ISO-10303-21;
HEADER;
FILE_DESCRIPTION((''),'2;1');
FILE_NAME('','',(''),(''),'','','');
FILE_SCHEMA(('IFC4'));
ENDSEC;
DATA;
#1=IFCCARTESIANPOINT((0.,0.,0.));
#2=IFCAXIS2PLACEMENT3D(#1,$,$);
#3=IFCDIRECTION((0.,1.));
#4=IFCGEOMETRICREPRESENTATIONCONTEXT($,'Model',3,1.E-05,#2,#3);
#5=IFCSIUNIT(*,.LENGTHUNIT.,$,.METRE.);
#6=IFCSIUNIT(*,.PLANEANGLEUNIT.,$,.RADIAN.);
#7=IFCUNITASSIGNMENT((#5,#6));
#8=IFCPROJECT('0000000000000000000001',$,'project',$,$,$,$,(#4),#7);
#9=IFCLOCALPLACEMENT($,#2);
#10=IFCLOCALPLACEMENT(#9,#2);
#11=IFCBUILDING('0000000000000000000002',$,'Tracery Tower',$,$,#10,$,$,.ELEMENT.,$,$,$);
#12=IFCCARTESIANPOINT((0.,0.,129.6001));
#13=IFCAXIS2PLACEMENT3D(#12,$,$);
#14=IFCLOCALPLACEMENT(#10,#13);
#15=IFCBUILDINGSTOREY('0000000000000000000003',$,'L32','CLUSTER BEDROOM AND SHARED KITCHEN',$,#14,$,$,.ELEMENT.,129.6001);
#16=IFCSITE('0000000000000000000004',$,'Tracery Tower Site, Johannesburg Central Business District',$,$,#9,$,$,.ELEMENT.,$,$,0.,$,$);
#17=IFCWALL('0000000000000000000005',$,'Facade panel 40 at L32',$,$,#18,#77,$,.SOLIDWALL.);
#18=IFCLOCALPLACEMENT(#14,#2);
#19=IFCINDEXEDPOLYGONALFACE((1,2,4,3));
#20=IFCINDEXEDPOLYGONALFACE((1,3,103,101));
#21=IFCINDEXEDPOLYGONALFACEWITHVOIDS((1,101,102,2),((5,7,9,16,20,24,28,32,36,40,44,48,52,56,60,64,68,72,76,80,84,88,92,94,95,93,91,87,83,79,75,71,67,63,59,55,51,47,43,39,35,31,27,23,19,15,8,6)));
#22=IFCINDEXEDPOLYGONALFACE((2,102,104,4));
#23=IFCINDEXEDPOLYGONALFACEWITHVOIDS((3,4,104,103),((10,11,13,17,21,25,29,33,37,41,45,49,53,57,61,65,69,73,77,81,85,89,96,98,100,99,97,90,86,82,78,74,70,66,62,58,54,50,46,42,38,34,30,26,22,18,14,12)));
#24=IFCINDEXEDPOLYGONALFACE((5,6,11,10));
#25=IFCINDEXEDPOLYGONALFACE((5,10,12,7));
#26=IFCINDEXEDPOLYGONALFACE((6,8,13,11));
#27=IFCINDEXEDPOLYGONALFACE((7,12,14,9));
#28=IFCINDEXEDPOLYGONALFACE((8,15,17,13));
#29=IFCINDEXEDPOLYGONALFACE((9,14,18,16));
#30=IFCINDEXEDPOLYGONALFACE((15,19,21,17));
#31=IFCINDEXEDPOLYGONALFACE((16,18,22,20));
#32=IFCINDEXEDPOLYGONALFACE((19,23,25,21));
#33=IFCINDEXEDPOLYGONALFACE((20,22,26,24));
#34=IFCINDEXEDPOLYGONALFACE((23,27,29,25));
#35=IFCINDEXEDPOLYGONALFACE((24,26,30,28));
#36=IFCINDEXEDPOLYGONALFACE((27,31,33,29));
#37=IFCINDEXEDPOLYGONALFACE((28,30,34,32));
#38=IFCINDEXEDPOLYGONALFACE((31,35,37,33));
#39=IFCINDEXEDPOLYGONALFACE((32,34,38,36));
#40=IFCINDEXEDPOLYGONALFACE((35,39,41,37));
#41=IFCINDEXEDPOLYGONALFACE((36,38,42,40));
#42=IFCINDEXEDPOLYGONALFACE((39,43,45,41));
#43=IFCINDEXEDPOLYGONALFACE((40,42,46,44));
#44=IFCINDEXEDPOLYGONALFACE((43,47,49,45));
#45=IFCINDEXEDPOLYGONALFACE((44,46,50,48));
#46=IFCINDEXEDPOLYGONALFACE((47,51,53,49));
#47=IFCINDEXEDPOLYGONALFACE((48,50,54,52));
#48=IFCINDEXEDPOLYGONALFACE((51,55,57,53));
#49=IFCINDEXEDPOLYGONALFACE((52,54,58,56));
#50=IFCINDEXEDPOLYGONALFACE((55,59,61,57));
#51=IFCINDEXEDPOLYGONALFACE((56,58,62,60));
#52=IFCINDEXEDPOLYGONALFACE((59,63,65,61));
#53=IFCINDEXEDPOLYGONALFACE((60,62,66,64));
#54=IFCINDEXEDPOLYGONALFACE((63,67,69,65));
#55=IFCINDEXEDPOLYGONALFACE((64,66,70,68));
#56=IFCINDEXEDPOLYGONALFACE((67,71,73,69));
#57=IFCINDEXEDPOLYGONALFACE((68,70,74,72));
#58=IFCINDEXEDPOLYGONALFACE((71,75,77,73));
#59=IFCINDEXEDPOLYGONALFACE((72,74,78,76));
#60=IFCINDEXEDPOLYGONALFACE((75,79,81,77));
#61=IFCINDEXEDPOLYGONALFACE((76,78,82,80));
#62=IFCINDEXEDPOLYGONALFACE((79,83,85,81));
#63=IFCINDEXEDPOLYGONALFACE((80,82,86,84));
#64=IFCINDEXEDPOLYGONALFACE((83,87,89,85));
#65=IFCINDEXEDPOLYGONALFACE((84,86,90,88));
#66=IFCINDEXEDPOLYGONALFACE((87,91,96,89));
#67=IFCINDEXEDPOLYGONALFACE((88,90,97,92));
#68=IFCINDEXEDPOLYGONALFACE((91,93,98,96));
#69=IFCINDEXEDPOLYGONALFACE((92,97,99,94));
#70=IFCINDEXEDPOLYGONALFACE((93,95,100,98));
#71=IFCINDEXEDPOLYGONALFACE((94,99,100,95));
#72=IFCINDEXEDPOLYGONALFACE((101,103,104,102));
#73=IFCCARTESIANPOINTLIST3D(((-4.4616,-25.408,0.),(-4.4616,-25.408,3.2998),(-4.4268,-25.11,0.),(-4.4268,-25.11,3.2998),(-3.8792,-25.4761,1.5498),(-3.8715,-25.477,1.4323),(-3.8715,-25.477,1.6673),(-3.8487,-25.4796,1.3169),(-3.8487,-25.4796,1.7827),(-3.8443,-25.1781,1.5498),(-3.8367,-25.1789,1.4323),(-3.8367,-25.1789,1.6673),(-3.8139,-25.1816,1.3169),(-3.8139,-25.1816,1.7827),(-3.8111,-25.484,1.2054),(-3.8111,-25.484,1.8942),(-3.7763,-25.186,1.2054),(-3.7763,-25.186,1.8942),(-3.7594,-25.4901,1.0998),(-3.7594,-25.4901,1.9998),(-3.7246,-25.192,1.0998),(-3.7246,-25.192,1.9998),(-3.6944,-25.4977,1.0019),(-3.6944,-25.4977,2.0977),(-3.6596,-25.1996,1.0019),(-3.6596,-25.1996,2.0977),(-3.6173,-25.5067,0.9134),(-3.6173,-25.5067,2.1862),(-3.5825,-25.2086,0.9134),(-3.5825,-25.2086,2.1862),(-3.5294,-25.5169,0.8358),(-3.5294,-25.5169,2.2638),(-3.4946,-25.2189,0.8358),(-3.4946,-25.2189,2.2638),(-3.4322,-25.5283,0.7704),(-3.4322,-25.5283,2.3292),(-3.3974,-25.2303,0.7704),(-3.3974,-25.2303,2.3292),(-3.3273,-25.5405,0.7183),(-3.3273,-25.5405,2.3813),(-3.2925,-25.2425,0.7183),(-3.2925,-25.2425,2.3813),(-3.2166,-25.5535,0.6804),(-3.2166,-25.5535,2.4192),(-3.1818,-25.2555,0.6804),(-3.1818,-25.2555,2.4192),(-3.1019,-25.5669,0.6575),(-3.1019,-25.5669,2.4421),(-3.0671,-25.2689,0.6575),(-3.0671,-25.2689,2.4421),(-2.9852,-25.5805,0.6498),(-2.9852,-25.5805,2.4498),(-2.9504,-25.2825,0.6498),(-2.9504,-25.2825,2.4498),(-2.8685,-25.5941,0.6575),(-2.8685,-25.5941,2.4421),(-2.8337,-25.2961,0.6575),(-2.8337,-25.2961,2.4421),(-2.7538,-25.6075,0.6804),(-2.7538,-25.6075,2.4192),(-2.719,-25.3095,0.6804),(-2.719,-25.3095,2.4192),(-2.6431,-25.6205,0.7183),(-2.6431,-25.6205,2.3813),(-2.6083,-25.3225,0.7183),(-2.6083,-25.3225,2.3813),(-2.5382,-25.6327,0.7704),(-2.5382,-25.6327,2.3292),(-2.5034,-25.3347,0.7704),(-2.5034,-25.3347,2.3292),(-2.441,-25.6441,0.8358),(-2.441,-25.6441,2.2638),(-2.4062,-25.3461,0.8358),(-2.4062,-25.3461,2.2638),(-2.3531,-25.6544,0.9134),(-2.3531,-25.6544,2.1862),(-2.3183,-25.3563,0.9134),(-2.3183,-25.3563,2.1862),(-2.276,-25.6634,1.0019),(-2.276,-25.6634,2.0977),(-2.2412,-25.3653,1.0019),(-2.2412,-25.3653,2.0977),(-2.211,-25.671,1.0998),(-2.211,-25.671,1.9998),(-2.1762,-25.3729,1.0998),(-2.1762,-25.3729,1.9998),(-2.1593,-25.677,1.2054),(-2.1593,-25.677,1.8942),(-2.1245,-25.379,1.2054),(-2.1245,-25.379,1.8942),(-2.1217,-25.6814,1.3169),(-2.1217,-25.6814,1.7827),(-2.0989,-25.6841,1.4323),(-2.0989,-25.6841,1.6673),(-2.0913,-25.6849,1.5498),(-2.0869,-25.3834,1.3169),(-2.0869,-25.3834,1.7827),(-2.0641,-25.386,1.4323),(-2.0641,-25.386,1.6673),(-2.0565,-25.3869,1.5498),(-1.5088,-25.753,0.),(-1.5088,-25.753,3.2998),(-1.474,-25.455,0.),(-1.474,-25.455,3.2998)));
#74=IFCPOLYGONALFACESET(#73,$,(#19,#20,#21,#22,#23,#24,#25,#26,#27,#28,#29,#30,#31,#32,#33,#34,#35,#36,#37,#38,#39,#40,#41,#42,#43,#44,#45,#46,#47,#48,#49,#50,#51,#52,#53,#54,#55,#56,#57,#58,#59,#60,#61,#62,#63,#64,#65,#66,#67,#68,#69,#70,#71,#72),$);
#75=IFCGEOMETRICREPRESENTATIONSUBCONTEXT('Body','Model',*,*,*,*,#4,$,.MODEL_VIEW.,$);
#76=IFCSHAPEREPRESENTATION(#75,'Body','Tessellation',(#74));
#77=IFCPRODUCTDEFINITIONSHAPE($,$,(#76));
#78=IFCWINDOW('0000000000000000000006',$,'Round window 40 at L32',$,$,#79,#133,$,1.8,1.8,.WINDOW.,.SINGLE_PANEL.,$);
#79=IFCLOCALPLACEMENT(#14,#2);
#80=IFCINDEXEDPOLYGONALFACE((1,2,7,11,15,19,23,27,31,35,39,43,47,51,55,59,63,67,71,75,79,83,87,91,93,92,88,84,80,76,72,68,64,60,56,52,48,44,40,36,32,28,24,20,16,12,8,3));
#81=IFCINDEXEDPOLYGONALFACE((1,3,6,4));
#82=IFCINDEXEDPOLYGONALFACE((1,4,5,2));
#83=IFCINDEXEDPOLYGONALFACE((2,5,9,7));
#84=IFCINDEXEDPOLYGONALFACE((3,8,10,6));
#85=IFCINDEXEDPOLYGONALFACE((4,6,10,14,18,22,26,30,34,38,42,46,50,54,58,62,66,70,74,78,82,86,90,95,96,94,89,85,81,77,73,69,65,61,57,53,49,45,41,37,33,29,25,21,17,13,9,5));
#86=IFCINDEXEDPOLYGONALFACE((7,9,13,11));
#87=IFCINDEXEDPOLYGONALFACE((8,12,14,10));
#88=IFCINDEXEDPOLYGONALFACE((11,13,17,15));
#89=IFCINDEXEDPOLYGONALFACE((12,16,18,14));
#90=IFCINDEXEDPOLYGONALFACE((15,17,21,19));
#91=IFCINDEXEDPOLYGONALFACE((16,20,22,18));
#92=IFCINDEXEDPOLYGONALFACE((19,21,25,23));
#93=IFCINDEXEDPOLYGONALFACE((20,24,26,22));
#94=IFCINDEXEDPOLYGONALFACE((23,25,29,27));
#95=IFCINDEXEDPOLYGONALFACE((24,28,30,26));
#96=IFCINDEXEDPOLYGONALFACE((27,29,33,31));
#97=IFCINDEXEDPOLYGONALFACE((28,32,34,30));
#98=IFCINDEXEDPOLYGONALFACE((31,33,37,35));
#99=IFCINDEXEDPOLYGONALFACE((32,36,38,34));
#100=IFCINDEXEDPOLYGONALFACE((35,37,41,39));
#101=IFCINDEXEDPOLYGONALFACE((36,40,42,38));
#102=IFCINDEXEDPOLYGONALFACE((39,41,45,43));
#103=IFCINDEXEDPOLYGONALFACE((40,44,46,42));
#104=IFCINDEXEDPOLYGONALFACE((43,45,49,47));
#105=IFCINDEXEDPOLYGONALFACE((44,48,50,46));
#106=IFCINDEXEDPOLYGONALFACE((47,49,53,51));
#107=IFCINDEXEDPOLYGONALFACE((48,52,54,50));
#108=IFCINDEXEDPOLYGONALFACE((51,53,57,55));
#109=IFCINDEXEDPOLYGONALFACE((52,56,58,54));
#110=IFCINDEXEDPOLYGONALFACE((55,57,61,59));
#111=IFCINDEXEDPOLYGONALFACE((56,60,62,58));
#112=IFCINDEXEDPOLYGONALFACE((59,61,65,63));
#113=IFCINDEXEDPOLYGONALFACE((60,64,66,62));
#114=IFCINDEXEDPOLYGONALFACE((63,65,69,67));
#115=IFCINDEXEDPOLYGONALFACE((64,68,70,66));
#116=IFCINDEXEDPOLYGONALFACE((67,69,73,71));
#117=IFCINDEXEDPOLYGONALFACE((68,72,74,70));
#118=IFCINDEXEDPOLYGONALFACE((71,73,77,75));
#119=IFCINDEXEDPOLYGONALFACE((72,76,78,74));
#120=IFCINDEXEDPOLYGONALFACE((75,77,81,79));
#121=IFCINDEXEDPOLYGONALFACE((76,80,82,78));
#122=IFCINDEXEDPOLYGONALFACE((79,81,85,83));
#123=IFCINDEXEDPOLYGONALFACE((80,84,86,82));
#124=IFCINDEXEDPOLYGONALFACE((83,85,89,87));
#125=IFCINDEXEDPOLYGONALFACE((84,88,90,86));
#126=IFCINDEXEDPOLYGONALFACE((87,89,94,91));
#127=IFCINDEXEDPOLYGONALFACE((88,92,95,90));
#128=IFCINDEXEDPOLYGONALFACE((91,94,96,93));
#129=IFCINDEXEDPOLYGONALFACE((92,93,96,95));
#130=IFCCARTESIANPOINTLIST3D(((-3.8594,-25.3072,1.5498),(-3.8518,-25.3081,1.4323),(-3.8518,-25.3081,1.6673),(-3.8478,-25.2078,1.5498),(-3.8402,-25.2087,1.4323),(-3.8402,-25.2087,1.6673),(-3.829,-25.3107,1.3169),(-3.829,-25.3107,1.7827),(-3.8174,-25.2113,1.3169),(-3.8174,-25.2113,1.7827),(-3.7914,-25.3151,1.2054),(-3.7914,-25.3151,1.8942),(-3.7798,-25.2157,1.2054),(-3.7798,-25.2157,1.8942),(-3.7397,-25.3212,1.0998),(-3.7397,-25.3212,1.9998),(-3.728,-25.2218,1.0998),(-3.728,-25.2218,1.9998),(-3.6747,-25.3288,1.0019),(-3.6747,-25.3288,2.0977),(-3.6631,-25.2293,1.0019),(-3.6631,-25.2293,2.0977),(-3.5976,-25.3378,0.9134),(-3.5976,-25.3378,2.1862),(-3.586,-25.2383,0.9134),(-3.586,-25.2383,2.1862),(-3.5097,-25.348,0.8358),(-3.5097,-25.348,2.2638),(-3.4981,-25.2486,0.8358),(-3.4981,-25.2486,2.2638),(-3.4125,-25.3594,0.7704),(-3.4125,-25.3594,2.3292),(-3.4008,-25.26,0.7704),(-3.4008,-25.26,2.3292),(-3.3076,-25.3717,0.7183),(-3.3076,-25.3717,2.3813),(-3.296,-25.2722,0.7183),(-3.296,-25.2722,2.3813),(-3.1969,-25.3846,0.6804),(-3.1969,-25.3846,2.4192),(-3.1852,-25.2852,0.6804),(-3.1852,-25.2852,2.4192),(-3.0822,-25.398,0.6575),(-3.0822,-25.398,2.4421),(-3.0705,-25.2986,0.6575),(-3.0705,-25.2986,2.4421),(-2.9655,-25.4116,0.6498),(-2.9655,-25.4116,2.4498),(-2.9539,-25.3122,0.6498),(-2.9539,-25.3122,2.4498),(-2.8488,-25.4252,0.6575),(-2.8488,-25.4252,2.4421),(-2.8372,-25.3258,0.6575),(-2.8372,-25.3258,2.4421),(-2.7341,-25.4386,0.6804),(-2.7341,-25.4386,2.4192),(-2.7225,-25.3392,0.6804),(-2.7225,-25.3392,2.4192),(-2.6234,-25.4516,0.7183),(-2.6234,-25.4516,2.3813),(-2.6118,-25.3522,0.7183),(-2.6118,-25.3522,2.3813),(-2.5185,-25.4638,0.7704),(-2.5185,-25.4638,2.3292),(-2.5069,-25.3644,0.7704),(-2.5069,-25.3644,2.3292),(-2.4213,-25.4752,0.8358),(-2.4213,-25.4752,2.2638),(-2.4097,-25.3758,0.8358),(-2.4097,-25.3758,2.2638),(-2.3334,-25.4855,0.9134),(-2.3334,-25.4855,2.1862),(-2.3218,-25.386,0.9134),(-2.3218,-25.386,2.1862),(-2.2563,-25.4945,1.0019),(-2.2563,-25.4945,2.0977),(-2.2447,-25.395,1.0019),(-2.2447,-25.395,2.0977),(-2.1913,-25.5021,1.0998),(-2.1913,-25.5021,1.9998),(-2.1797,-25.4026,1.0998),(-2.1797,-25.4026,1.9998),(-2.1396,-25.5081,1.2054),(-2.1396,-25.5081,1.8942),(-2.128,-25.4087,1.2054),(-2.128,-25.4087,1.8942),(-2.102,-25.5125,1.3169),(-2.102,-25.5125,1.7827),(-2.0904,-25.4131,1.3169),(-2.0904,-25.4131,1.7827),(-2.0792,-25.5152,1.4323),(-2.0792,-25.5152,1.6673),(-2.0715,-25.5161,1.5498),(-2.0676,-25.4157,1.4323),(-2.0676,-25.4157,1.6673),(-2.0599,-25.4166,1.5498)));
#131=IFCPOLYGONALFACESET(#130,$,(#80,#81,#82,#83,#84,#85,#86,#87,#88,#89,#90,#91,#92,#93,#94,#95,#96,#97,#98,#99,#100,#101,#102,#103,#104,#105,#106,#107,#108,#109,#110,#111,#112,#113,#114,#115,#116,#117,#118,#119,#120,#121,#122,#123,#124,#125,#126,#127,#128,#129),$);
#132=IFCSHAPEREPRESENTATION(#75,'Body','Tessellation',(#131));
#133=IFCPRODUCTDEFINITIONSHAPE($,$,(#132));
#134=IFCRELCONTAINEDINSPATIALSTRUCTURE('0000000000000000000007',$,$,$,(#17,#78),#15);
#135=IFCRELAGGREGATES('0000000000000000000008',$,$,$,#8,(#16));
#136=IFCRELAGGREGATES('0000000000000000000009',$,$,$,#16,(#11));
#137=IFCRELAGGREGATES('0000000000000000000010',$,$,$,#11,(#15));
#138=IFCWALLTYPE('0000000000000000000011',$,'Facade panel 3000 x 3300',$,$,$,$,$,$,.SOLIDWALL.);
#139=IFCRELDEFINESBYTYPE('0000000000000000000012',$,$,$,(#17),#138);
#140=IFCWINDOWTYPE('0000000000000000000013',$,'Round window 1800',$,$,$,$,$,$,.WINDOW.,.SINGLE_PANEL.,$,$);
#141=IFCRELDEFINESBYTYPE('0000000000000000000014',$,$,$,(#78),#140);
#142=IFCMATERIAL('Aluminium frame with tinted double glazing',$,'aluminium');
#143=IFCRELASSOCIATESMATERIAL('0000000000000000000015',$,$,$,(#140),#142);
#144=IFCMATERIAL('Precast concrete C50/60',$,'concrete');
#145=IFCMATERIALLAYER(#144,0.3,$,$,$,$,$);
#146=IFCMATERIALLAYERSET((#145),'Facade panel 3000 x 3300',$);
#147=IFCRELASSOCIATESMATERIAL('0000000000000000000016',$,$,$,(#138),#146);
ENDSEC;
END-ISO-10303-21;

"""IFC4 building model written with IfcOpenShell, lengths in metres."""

from ifc_helpers import new_model, si_unit, direction, frame, frame_2d, origin, origin_2d, place, context, subcontext, project, spatial, rectangle, circle, extrude, material, layer, layer_set, type_object, element, fill, save


model = new_model("IFC4")

# Units and contexts
model_context = context("Model", 3, precision=1e-05, world=origin(), true_north=direction((0.0, 1.0)))
body_context = subcontext(model_context, "Body", "Model", "MODEL_VIEW")
ifc_project = project(units=[si_unit("LENGTHUNIT", "METRE"), si_unit("PLANEANGLEUNIT", "RADIAN")], contexts=[model_context])

# Site, building, storey
site_placement = place(None, origin())
site = spatial("IfcSite", under=ifc_project, at=site_placement, Name="Tracery Tower Site, Johannesburg Central Business District", CompositionType="ELEMENT", RefElevation=0.0)
building_placement = place(site_placement, origin())
building = spatial("IfcBuilding", under=site, at=building_placement, Name="Tracery Tower", CompositionType="ELEMENT")
storey_placement = place(building_placement, frame((0.0, 0.0, 129.6001)))
storey = spatial("IfcBuildingStorey", under=building, at=storey_placement, Name="L32", Description="CLUSTER BEDROOM AND SHARED KITCHEN", CompositionType="ELEMENT", Elevation=129.6001)

# Wall, opening, window
ifc_material_1 = material(Name="Aluminium frame with tinted double glazing", Category="aluminium")
window_type = type_object("IfcWindowType", Name="Round window 1800", PartitioningType="SINGLE_PANEL", PredefinedType="WINDOW", material=ifc_material_1)
ifc_material_2 = material(Name="Precast concrete C50/60", Category="concrete")
ifc_layer_1 = layer(ifc_material_2, 0.3)
ifc_layer_set_1 = layer_set([ifc_layer_1], Name="Facade panel 3000 x 3300")
wall_type_1 = type_object("IfcWallType", Name="Facade panel 3000 x 3300", PredefinedType="SOLIDWALL", material=ifc_layer_set_1)
wall_1_placement = place(storey_placement, frame((-4.4441, -25.259, 0.0), z_axis=(0.0, 0.0, 1.0), x_axis=(0.993245, -0.116036, 0.0)))
wall_1 = element("IfcWall", 1, at=wall_1_placement, inside=storey, type_object=wall_type_1, Name="Facade panel 40 at L32", PredefinedType="SOLIDWALL", context=body_context, shape_type="SweptSolid", body=[
    extrude(rectangle(XDim=2.9729, YDim=0.3, at=frame_2d((1.4863, 0.0))), origin(), (0.0, 0.0, 1.0), 3.2998),
])
opening_1_placement = place(wall_1_placement, frame((1.4863, 0.0, 1.5498)))
opening_1 = element("IfcOpeningElement", 2, at=opening_1_placement, cuts=wall_1, PredefinedType="OPENING", context=body_context, shape_type="SweptSolid", body=[
    extrude(circle(Radius=0.9, at=origin_2d()), frame((0.0, 0.1599, 0.0), z_axis=(0.0, -1.0, 0.0), x_axis=(1.0, 0.0, 0.0)), (0.0, 0.0, 1.0), 0.3201),
])
window_1_placement = place(opening_1_placement, origin())
window_1 = element("IfcWindow", 3, at=window_1_placement, inside=storey, type_object=window_type, Name="Round window 40 at L32", OverallHeight=1.8, OverallWidth=1.8, PartitioningType="SINGLE_PANEL", PredefinedType="WINDOW", context=body_context, shape_type="SweptSolid", body=[
    extrude(circle(Radius=0.9, at=origin_2d()), frame((0.0, 0.1201, 0.0), z_axis=(0.0, -1.0, 0.0), x_axis=(1.0, 0.0, 0.0)), (0.0, 0.0, 1.0), 0.1001),
])
fill(opening_1, window_1)

save(model, "model.ifc")
